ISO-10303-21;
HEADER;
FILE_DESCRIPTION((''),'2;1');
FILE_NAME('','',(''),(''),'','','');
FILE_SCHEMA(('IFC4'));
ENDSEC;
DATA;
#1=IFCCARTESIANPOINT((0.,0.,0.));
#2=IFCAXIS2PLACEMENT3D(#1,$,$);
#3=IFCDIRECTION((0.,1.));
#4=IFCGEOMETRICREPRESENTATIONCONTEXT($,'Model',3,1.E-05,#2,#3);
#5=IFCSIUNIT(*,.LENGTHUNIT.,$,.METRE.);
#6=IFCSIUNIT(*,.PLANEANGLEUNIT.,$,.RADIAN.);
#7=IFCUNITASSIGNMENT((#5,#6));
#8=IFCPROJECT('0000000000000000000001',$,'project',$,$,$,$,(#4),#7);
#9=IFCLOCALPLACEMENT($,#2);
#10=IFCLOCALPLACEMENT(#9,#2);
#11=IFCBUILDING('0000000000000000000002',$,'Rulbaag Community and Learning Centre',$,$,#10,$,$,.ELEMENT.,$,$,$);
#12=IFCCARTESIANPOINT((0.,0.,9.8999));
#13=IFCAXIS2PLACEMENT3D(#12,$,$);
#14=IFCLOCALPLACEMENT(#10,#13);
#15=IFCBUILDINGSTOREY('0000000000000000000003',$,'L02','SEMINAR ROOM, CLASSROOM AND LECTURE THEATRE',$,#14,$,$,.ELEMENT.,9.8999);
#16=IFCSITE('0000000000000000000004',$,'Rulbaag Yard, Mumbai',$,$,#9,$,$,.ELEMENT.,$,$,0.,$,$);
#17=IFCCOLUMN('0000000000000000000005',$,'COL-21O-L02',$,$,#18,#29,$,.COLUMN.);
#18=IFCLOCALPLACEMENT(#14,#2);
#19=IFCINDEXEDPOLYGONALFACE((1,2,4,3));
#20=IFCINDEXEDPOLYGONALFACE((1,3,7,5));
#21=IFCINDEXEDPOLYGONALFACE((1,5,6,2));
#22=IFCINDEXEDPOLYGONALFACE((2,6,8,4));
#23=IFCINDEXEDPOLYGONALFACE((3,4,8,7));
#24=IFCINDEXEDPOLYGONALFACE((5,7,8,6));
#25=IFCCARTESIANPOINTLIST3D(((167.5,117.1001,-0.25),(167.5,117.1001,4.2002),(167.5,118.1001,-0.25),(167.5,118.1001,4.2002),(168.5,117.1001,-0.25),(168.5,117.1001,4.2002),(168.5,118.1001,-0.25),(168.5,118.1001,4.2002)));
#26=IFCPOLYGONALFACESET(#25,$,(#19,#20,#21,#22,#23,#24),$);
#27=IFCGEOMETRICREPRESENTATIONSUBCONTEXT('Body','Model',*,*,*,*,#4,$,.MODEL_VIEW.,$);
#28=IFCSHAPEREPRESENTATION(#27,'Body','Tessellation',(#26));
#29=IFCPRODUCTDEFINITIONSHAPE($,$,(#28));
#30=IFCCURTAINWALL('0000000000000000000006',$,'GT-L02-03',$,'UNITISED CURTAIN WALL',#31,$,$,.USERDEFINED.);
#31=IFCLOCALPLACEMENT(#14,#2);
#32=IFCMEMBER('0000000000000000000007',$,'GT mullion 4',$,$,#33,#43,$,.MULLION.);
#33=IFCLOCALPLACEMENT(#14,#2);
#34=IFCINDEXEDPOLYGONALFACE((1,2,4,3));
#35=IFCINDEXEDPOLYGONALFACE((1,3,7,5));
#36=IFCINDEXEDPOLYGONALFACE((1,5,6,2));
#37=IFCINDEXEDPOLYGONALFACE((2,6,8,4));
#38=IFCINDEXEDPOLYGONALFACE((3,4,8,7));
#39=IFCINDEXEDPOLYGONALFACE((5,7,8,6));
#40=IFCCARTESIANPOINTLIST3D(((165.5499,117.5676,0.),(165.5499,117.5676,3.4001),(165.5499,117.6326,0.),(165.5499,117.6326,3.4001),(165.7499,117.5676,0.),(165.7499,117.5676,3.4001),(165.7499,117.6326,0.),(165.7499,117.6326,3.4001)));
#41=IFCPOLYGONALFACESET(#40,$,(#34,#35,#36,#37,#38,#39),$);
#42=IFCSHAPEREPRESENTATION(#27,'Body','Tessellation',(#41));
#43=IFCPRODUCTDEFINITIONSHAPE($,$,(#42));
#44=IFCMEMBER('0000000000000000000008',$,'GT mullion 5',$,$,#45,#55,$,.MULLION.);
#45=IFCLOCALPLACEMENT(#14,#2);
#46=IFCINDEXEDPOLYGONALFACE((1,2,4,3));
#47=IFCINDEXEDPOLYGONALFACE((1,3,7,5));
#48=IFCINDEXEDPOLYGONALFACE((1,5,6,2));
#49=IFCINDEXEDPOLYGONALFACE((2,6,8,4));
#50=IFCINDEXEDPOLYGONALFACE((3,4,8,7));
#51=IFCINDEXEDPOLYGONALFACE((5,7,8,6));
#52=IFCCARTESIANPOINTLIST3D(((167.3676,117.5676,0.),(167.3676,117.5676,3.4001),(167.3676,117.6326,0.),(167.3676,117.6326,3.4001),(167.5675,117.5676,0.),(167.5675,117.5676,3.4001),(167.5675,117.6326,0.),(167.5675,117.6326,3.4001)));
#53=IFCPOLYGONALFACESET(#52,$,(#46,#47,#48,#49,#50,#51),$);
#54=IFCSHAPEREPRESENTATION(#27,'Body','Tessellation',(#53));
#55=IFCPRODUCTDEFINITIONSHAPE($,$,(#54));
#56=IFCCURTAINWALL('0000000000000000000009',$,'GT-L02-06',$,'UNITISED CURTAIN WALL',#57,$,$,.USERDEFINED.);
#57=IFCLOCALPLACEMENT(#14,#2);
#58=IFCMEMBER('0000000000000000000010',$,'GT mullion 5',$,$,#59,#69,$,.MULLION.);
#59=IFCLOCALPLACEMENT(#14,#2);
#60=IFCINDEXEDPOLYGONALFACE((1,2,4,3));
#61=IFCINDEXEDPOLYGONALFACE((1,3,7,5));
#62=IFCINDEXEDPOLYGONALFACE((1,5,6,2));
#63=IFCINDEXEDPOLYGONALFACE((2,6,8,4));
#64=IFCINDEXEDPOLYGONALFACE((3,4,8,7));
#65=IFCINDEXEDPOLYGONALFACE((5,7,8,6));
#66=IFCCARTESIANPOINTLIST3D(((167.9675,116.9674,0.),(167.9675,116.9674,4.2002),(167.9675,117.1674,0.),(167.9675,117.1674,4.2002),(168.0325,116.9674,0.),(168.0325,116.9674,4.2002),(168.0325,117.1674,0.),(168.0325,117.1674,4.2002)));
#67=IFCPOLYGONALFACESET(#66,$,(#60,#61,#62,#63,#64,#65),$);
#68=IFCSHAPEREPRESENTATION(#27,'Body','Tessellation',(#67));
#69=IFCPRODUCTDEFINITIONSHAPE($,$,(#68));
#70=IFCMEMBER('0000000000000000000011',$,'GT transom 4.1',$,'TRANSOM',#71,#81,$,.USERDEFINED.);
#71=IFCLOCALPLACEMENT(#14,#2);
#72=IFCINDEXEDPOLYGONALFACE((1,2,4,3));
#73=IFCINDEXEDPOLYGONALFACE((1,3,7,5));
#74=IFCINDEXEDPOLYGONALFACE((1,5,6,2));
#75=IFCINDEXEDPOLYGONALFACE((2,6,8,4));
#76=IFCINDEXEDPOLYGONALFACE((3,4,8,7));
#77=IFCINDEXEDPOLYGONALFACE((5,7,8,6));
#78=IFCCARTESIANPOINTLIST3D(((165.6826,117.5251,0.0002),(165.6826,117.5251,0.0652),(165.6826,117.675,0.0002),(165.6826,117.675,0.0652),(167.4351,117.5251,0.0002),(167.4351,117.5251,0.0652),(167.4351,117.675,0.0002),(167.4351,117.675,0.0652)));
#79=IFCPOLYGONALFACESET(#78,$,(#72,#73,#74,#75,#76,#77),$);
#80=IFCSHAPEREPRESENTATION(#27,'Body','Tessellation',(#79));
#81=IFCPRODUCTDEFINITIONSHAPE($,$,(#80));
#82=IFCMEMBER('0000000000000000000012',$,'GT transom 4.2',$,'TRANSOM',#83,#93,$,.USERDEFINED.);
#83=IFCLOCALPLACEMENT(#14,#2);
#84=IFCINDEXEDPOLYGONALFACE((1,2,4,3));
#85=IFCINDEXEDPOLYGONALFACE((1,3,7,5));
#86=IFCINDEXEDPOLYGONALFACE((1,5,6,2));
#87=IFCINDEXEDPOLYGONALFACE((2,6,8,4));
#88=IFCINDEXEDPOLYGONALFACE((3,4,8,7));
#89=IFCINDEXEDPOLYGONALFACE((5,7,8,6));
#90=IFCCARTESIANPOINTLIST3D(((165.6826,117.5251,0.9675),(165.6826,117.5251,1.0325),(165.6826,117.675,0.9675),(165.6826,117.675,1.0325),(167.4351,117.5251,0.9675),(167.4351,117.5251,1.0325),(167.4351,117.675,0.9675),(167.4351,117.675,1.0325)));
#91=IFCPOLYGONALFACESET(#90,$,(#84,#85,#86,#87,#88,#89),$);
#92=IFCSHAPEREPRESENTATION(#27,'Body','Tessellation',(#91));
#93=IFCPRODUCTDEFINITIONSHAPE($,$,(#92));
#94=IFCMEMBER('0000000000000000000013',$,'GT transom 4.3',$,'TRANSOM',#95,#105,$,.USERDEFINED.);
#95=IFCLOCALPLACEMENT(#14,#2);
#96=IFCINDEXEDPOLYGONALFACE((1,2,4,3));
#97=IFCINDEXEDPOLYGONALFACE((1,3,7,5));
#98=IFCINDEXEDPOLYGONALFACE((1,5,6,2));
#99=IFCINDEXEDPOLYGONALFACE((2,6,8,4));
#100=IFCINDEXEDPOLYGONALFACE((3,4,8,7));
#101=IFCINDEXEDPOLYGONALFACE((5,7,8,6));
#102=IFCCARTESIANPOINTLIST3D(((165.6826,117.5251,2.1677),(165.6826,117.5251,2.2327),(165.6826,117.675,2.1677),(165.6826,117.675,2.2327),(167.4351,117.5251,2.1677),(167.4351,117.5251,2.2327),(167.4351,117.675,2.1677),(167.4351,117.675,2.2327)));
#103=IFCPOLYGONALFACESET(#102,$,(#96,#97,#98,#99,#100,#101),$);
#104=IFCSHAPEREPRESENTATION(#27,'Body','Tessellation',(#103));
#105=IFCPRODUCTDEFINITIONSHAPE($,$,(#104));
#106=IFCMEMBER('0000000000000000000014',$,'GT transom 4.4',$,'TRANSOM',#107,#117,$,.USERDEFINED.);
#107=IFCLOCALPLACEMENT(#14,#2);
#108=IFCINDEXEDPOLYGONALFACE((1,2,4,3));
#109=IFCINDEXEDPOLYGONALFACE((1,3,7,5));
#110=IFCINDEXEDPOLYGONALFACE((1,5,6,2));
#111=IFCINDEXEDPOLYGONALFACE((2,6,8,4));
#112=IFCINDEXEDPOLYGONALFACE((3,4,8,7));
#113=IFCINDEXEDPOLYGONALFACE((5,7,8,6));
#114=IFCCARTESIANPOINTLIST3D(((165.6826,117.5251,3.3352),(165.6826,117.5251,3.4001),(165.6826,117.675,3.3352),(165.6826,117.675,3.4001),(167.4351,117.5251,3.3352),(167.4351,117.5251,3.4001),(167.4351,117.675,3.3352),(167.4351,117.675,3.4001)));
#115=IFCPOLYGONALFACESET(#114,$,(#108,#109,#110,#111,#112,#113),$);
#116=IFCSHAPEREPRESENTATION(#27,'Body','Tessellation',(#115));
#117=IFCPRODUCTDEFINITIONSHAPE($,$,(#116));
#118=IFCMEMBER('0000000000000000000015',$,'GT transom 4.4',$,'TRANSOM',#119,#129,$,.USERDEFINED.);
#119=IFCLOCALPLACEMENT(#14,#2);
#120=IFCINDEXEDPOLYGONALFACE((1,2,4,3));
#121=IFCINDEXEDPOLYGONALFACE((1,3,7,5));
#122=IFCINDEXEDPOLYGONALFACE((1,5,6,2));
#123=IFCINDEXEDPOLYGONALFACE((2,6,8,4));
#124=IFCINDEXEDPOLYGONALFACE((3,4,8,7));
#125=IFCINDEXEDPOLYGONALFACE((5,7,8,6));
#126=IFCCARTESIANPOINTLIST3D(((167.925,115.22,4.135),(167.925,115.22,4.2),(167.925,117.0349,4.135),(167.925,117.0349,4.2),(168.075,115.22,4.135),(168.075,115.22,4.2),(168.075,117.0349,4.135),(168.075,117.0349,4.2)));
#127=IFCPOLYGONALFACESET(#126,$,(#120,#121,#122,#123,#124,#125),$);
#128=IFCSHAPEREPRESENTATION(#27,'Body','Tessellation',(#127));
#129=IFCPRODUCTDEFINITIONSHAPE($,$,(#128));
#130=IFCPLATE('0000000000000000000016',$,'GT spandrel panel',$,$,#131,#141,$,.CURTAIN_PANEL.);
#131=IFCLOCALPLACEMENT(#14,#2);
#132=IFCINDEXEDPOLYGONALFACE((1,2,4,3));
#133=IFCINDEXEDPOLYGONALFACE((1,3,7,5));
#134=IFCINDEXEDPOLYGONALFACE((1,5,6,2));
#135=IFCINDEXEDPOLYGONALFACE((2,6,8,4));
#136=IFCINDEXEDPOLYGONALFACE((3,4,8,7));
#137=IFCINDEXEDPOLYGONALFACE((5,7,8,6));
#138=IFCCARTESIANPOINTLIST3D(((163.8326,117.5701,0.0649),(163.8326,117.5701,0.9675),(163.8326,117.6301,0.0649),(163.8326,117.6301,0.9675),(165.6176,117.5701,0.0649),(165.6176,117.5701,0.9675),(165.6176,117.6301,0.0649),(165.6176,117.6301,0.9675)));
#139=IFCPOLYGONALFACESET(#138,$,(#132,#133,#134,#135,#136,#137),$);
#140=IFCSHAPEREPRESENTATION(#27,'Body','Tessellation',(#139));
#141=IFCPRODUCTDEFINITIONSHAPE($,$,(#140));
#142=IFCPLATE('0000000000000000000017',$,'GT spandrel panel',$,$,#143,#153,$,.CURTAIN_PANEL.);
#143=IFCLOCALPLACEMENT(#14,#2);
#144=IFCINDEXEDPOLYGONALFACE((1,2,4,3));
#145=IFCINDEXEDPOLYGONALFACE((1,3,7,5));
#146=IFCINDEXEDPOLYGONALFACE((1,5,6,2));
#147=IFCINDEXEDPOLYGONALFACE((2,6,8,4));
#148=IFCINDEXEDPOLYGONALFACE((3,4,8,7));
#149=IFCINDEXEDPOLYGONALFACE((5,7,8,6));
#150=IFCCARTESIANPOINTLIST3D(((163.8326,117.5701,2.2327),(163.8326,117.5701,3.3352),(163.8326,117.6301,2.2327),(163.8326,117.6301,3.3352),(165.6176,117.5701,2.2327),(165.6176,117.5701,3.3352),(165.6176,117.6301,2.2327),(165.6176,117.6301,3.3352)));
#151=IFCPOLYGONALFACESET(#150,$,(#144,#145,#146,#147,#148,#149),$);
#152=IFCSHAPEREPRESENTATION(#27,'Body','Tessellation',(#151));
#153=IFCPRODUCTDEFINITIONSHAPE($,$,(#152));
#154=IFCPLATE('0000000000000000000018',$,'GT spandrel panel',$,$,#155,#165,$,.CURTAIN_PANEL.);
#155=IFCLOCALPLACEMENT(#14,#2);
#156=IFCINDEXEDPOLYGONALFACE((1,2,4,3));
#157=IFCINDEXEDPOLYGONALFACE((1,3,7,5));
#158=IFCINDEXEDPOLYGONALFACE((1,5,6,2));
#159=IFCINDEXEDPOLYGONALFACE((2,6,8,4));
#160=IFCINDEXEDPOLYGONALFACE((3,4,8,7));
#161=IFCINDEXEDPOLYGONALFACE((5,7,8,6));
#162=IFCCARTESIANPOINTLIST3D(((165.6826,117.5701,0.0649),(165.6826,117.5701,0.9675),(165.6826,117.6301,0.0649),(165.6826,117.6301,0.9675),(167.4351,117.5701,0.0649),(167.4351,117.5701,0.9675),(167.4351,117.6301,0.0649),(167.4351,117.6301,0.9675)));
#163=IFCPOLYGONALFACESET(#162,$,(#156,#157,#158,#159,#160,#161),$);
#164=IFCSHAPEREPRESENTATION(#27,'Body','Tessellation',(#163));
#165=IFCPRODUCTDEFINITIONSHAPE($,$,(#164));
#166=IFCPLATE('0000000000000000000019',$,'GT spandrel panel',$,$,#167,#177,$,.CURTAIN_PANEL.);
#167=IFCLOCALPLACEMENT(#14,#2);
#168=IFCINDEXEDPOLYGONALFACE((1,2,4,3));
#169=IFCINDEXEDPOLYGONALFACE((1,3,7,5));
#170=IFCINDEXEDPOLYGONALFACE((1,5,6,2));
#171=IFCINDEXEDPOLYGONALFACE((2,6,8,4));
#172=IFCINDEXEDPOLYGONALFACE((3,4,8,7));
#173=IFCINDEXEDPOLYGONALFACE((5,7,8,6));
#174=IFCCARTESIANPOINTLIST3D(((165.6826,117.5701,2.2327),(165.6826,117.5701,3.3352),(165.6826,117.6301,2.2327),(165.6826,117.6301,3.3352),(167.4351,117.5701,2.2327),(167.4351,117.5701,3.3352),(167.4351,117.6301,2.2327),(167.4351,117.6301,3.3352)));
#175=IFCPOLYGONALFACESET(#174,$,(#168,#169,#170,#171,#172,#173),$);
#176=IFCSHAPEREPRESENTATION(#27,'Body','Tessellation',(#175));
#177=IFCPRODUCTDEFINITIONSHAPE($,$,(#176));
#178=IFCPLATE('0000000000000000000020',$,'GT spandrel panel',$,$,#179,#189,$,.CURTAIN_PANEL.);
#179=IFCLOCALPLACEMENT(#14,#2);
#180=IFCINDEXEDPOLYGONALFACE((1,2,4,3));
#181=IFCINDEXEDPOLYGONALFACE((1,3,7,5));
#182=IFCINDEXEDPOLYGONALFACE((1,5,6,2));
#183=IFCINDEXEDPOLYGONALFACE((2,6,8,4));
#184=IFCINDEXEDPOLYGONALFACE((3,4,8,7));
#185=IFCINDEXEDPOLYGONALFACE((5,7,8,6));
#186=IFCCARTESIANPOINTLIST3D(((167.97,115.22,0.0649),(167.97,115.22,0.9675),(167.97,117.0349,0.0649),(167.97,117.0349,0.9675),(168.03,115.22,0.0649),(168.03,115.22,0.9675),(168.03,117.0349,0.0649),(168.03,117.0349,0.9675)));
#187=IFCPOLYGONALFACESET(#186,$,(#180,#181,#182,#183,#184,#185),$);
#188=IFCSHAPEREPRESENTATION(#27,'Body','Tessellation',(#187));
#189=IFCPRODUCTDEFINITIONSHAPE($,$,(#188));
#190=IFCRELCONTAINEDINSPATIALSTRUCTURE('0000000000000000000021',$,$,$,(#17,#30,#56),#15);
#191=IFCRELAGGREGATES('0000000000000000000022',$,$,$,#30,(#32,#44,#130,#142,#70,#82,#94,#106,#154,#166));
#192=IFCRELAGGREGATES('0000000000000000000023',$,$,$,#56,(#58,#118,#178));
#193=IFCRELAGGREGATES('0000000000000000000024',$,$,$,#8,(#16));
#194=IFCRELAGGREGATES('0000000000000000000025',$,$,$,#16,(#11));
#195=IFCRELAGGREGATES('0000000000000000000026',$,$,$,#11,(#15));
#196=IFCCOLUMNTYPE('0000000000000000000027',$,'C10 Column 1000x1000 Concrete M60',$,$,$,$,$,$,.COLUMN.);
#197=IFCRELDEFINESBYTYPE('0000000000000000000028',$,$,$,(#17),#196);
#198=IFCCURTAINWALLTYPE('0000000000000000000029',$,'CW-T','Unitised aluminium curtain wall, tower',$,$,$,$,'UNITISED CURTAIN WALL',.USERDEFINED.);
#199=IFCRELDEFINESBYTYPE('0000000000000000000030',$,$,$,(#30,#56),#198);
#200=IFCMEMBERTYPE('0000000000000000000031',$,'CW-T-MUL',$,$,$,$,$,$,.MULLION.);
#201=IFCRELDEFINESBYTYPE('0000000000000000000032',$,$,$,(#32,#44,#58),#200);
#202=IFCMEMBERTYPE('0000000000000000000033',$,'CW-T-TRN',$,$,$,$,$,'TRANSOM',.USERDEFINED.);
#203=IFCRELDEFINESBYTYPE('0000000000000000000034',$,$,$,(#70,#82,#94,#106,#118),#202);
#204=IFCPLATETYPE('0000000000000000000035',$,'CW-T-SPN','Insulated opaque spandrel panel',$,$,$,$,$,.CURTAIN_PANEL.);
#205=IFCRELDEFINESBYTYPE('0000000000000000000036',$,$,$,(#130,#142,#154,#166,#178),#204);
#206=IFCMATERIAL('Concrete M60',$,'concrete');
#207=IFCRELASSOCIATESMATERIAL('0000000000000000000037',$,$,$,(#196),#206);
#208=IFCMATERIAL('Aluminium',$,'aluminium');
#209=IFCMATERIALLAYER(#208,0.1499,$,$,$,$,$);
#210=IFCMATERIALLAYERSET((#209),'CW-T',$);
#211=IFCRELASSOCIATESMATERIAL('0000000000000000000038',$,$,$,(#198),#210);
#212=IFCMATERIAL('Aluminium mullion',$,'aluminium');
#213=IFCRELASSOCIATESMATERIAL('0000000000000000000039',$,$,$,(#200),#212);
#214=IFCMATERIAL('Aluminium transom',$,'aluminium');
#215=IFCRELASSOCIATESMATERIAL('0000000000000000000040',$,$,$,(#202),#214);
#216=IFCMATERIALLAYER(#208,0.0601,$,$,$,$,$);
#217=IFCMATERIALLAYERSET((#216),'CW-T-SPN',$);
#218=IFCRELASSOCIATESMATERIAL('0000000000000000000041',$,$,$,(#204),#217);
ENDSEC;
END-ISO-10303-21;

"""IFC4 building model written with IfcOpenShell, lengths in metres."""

from ifc_helpers import new_model, si_unit, direction, frame, origin, origin_2d, place, context, subcontext, project, spatial, rectangle, extrude, material, layer, layer_set, material_profile, profile_set, type_object, element, aggregate, save


model = new_model("IFC4")

# Units and contexts
model_context = context("Model", 3, precision=1e-05, world=origin(), true_north=direction((0.0, 1.0)))
body_context = subcontext(model_context, "Body", "Model", "MODEL_VIEW")
ifc_project = project(units=[si_unit("LENGTHUNIT", "METRE"), si_unit("PLANEANGLEUNIT", "RADIAN")], contexts=[model_context])

# Site, building, storey
site_placement = place(None, origin())
site = spatial("IfcSite", under=ifc_project, at=site_placement, Name="Rulbaag Yard, Mumbai", CompositionType="ELEMENT", RefElevation=0.0)
building_placement = place(site_placement, origin())
building = spatial("IfcBuilding", under=site, at=building_placement, Name="Rulbaag Community and Learning Centre", CompositionType="ELEMENT")
storey_placement = place(building_placement, frame((0.0, 0.0, 9.8999)))
storey = spatial("IfcBuildingStorey", under=building, at=storey_placement, Name="L02", Description="SEMINAR ROOM, CLASSROOM AND LECTURE THEATRE", CompositionType="ELEMENT", Elevation=9.8999)

# Column
ifc_material_1 = material(Name="Concrete M60", Category="concrete")
ifc_material_profile_1 = material_profile(ifc_material_1, rectangle(XDim=1.0, YDim=1.0, at=origin_2d()), Name="RC1000x1000")
ifc_profile_set_1 = profile_set([ifc_material_profile_1], Name="Concrete M60")
column_type = type_object("IfcColumnType", Name="C10 Column 1000x1000 Concrete M60", PredefinedType="COLUMN", material=ifc_profile_set_1)
column_placement = place(storey_placement, frame((168.0, 117.6001, -0.25), z_axis=(0.0, 0.0, 1.0), x_axis=(1.0, 0.0, 0.0)))
element("IfcColumn", 1, at=column_placement, inside=storey, type_object=column_type, Name="COL-21O-L02", PredefinedType="COLUMN", context=body_context, shape_type="SweptSolid", body=[
    extrude(rectangle(XDim=1.0, YDim=1.0, at=origin_2d()), origin(), (0.0, 0.0, 1.0), 4.4502),
])

# Curtain wall, members
ifc_material_2 = material(Name="Aluminium", Category="aluminium")
ifc_layer_1 = layer(ifc_material_2, 0.1499)
ifc_layer_set_1 = layer_set([ifc_layer_1], Name="CW-T")
curtain_wall_type = type_object("IfcCurtainWallType", Name="CW-T", Description="Unitised aluminium curtain wall, tower", ElementType="UNITISED CURTAIN WALL", PredefinedType="USERDEFINED", material=ifc_layer_set_1)
curtain_wall_1_placement = place(storey_placement, origin())
curtain_wall_1 = element("IfcCurtainWall", 2, at=curtain_wall_1_placement, inside=storey, type_object=curtain_wall_type, Name="GT-L02-03", ObjectType="UNITISED CURTAIN WALL", PredefinedType="USERDEFINED")
ifc_material_3 = material(Name="Aluminium mullion", Category="aluminium")
ifc_material_profile_2 = material_profile(ifc_material_3, rectangle(XDim=0.0649, YDim=0.2, at=origin_2d()), Name="AL 65x200")
ifc_profile_set_2 = profile_set([ifc_material_profile_2], Name="Aluminium mullion")
member_type_1 = type_object("IfcMemberType", Name="CW-T-MUL", PredefinedType="MULLION", material=ifc_profile_set_2)
member_1_placement = place(storey_placement, frame((165.6499, 117.6001, 0.0), z_axis=(0.0, 0.0, 1.0), x_axis=(0.0, 1.0, 0.0)))
member_1 = element("IfcMember", 3, at=member_1_placement, type_object=member_type_1, Name="GT mullion 4", PredefinedType="MULLION", context=body_context, shape_type="SweptSolid", body=[
    extrude(rectangle(XDim=0.0649, YDim=0.2, at=origin_2d()), origin(), (0.0, 0.0, 1.0), 3.4001),
])
member_2_placement = place(storey_placement, frame((167.4675, 117.6001, 0.0), z_axis=(0.0, 0.0, 1.0), x_axis=(0.0, 1.0, 0.0)))
member_2 = element("IfcMember", 4, at=member_2_placement, type_object=member_type_1, Name="GT mullion 5", PredefinedType="MULLION", context=body_context, shape_type="SweptSolid", body=[
    extrude(rectangle(XDim=0.0649, YDim=0.2, at=origin_2d()), origin(), (0.0, 0.0, 1.0), 3.4001),
])

# Curtain wall, member
curtain_wall_2_placement = place(storey_placement, origin())
curtain_wall_2 = element("IfcCurtainWall", 5, at=curtain_wall_2_placement, inside=storey, type_object=curtain_wall_type, Name="GT-L02-06", ObjectType="UNITISED CURTAIN WALL", PredefinedType="USERDEFINED")
member_3_placement = place(storey_placement, frame((168.0, 117.0674, 0.0), z_axis=(0.0, 0.0, 1.0), x_axis=(-1.0, 0.0, 0.0)))
member_3 = element("IfcMember", 6, at=member_3_placement, type_object=member_type_1, Name="GT mullion 5", PredefinedType="MULLION", context=body_context, shape_type="SweptSolid", body=[
    extrude(rectangle(XDim=0.0649, YDim=0.2, at=origin_2d()), origin(), (0.0, 0.0, 1.0), 4.2002),
])

# Members
ifc_material_4 = material(Name="Aluminium transom", Category="aluminium")
ifc_material_profile_3 = material_profile(ifc_material_4, rectangle(XDim=0.1499, YDim=0.0649, at=origin_2d()), Name="AL 65x150 T")
ifc_profile_set_3 = profile_set([ifc_material_profile_3], Name="Aluminium transom")
member_type_2 = type_object("IfcMemberType", Name="CW-T-TRN", ElementType="TRANSOM", PredefinedType="USERDEFINED", material=ifc_profile_set_3)
member_4_placement = place(storey_placement, frame((165.6826, 117.6001, 0.0327), z_axis=(1.0, 0.0, 0.0), x_axis=(0.0, 1.0, 0.0)))
member_4 = element("IfcMember", 7, at=member_4_placement, type_object=member_type_2, Name="GT transom 4.1", ObjectType="TRANSOM", PredefinedType="USERDEFINED", context=body_context, shape_type="SweptSolid", body=[
    extrude(rectangle(XDim=0.1499, YDim=0.0649, at=origin_2d()), origin(), (0.0, 0.0, 1.0), 1.7524),
])
member_5_placement = place(storey_placement, frame((165.6826, 117.6001, 1.0), z_axis=(1.0, 0.0, 0.0), x_axis=(0.0, 1.0, 0.0)))
member_5 = element("IfcMember", 8, at=member_5_placement, type_object=member_type_2, Name="GT transom 4.2", ObjectType="TRANSOM", PredefinedType="USERDEFINED", context=body_context, shape_type="SweptSolid", body=[
    extrude(rectangle(XDim=0.1499, YDim=0.0649, at=origin_2d()), origin(), (0.0, 0.0, 1.0), 1.7524),
])
member_6_placement = place(storey_placement, frame((165.6826, 117.6001, 2.2002), z_axis=(1.0, 0.0, 0.0), x_axis=(0.0, 1.0, 0.0)))
member_6 = element("IfcMember", 9, at=member_6_placement, type_object=member_type_2, Name="GT transom 4.3", ObjectType="TRANSOM", PredefinedType="USERDEFINED", context=body_context, shape_type="SweptSolid", body=[
    extrude(rectangle(XDim=0.1499, YDim=0.0649, at=origin_2d()), origin(), (0.0, 0.0, 1.0), 1.7524),
])
member_7_placement = place(storey_placement, frame((165.6826, 117.6001, 3.3677), z_axis=(1.0, 0.0, 0.0), x_axis=(0.0, 1.0, 0.0)))
member_7 = element("IfcMember", 10, at=member_7_placement, type_object=member_type_2, Name="GT transom 4.4", ObjectType="TRANSOM", PredefinedType="USERDEFINED", context=body_context, shape_type="SweptSolid", body=[
    extrude(rectangle(XDim=0.1499, YDim=0.0649, at=origin_2d()), origin(), (0.0, 0.0, 1.0), 1.7524),
])
member_8_placement = place(storey_placement, frame((168.0, 115.22, 4.1675), z_axis=(0.0, 1.0, 0.0), x_axis=(-1.0, 0.0, 0.0)))
member_8 = element("IfcMember", 11, at=member_8_placement, type_object=member_type_2, Name="GT transom 4.4", ObjectType="TRANSOM", PredefinedType="USERDEFINED", context=body_context, shape_type="SweptSolid", body=[
    extrude(rectangle(XDim=0.1499, YDim=0.0649, at=origin_2d()), origin(), (0.0, 0.0, 1.0), 1.8149),
])

# Plates
ifc_layer_2 = layer(ifc_material_2, 0.0601)
ifc_layer_set_2 = layer_set([ifc_layer_2], Name="CW-T-SPN")
plate_type_1 = type_object("IfcPlateType", Name="CW-T-SPN", Description="Insulated opaque spandrel panel", PredefinedType="CURTAIN_PANEL", material=ifc_layer_set_2)
plate_1_placement = place(storey_placement, frame((164.7251, 117.6001, 0.0649), z_axis=(0.0, 0.0, 1.0), x_axis=(1.0, 0.0, 0.0)))
plate_1 = element("IfcPlate", 12, at=plate_1_placement, type_object=plate_type_1, Name="GT spandrel panel", PredefinedType="CURTAIN_PANEL", context=body_context, shape_type="SweptSolid", body=[
    extrude(rectangle(XDim=1.7849, YDim=0.0601, at=origin_2d()), origin(), (0.0, 0.0, 1.0), 0.9026),
])
plate_2_placement = place(storey_placement, frame((164.7251, 117.6001, 2.2327), z_axis=(0.0, 0.0, 1.0), x_axis=(1.0, 0.0, 0.0)))
plate_2 = element("IfcPlate", 13, at=plate_2_placement, type_object=plate_type_1, Name="GT spandrel panel", PredefinedType="CURTAIN_PANEL", context=body_context, shape_type="SweptSolid", body=[
    extrude(rectangle(XDim=1.7849, YDim=0.0601, at=origin_2d()), origin(), (0.0, 0.0, 1.0), 1.1025),
])
plate_3_placement = place(storey_placement, frame((166.5588, 117.6001, 0.0649), z_axis=(0.0, 0.0, 1.0), x_axis=(1.0, 0.0, 0.0)))
plate_3 = element("IfcPlate", 14, at=plate_3_placement, type_object=plate_type_1, Name="GT spandrel panel", PredefinedType="CURTAIN_PANEL", context=body_context, shape_type="SweptSolid", body=[
    extrude(rectangle(XDim=1.7524, YDim=0.0601, at=origin_2d()), origin(), (0.0, 0.0, 1.0), 0.9026),
])
plate_4_placement = place(storey_placement, frame((166.5588, 117.6001, 2.2327), z_axis=(0.0, 0.0, 1.0), x_axis=(1.0, 0.0, 0.0)))
plate_4 = element("IfcPlate", 15, at=plate_4_placement, type_object=plate_type_1, Name="GT spandrel panel", PredefinedType="CURTAIN_PANEL", context=body_context, shape_type="SweptSolid", body=[
    extrude(rectangle(XDim=1.7524, YDim=0.0601, at=origin_2d()), origin(), (0.0, 0.0, 1.0), 1.1025),
])
plate_5_placement = place(storey_placement, frame((168.0, 116.1274, 0.0649), z_axis=(0.0, 0.0, 1.0), x_axis=(0.0, 1.0, 0.0)))
plate_5 = element("IfcPlate", 16, at=plate_5_placement, type_object=plate_type_1, Name="GT spandrel panel", PredefinedType="CURTAIN_PANEL", context=body_context, shape_type="SweptSolid", body=[
    extrude(rectangle(XDim=1.8149, YDim=0.0601, at=origin_2d()), origin(), (0.0, 0.0, 1.0), 0.9026),
])
aggregate(curtain_wall_1, [member_1, member_2, plate_1, plate_2, member_4, member_5, member_6, member_7, plate_3, plate_4])
aggregate(curtain_wall_2, [member_3, member_8, plate_5])

save(model, "model.ifc")
